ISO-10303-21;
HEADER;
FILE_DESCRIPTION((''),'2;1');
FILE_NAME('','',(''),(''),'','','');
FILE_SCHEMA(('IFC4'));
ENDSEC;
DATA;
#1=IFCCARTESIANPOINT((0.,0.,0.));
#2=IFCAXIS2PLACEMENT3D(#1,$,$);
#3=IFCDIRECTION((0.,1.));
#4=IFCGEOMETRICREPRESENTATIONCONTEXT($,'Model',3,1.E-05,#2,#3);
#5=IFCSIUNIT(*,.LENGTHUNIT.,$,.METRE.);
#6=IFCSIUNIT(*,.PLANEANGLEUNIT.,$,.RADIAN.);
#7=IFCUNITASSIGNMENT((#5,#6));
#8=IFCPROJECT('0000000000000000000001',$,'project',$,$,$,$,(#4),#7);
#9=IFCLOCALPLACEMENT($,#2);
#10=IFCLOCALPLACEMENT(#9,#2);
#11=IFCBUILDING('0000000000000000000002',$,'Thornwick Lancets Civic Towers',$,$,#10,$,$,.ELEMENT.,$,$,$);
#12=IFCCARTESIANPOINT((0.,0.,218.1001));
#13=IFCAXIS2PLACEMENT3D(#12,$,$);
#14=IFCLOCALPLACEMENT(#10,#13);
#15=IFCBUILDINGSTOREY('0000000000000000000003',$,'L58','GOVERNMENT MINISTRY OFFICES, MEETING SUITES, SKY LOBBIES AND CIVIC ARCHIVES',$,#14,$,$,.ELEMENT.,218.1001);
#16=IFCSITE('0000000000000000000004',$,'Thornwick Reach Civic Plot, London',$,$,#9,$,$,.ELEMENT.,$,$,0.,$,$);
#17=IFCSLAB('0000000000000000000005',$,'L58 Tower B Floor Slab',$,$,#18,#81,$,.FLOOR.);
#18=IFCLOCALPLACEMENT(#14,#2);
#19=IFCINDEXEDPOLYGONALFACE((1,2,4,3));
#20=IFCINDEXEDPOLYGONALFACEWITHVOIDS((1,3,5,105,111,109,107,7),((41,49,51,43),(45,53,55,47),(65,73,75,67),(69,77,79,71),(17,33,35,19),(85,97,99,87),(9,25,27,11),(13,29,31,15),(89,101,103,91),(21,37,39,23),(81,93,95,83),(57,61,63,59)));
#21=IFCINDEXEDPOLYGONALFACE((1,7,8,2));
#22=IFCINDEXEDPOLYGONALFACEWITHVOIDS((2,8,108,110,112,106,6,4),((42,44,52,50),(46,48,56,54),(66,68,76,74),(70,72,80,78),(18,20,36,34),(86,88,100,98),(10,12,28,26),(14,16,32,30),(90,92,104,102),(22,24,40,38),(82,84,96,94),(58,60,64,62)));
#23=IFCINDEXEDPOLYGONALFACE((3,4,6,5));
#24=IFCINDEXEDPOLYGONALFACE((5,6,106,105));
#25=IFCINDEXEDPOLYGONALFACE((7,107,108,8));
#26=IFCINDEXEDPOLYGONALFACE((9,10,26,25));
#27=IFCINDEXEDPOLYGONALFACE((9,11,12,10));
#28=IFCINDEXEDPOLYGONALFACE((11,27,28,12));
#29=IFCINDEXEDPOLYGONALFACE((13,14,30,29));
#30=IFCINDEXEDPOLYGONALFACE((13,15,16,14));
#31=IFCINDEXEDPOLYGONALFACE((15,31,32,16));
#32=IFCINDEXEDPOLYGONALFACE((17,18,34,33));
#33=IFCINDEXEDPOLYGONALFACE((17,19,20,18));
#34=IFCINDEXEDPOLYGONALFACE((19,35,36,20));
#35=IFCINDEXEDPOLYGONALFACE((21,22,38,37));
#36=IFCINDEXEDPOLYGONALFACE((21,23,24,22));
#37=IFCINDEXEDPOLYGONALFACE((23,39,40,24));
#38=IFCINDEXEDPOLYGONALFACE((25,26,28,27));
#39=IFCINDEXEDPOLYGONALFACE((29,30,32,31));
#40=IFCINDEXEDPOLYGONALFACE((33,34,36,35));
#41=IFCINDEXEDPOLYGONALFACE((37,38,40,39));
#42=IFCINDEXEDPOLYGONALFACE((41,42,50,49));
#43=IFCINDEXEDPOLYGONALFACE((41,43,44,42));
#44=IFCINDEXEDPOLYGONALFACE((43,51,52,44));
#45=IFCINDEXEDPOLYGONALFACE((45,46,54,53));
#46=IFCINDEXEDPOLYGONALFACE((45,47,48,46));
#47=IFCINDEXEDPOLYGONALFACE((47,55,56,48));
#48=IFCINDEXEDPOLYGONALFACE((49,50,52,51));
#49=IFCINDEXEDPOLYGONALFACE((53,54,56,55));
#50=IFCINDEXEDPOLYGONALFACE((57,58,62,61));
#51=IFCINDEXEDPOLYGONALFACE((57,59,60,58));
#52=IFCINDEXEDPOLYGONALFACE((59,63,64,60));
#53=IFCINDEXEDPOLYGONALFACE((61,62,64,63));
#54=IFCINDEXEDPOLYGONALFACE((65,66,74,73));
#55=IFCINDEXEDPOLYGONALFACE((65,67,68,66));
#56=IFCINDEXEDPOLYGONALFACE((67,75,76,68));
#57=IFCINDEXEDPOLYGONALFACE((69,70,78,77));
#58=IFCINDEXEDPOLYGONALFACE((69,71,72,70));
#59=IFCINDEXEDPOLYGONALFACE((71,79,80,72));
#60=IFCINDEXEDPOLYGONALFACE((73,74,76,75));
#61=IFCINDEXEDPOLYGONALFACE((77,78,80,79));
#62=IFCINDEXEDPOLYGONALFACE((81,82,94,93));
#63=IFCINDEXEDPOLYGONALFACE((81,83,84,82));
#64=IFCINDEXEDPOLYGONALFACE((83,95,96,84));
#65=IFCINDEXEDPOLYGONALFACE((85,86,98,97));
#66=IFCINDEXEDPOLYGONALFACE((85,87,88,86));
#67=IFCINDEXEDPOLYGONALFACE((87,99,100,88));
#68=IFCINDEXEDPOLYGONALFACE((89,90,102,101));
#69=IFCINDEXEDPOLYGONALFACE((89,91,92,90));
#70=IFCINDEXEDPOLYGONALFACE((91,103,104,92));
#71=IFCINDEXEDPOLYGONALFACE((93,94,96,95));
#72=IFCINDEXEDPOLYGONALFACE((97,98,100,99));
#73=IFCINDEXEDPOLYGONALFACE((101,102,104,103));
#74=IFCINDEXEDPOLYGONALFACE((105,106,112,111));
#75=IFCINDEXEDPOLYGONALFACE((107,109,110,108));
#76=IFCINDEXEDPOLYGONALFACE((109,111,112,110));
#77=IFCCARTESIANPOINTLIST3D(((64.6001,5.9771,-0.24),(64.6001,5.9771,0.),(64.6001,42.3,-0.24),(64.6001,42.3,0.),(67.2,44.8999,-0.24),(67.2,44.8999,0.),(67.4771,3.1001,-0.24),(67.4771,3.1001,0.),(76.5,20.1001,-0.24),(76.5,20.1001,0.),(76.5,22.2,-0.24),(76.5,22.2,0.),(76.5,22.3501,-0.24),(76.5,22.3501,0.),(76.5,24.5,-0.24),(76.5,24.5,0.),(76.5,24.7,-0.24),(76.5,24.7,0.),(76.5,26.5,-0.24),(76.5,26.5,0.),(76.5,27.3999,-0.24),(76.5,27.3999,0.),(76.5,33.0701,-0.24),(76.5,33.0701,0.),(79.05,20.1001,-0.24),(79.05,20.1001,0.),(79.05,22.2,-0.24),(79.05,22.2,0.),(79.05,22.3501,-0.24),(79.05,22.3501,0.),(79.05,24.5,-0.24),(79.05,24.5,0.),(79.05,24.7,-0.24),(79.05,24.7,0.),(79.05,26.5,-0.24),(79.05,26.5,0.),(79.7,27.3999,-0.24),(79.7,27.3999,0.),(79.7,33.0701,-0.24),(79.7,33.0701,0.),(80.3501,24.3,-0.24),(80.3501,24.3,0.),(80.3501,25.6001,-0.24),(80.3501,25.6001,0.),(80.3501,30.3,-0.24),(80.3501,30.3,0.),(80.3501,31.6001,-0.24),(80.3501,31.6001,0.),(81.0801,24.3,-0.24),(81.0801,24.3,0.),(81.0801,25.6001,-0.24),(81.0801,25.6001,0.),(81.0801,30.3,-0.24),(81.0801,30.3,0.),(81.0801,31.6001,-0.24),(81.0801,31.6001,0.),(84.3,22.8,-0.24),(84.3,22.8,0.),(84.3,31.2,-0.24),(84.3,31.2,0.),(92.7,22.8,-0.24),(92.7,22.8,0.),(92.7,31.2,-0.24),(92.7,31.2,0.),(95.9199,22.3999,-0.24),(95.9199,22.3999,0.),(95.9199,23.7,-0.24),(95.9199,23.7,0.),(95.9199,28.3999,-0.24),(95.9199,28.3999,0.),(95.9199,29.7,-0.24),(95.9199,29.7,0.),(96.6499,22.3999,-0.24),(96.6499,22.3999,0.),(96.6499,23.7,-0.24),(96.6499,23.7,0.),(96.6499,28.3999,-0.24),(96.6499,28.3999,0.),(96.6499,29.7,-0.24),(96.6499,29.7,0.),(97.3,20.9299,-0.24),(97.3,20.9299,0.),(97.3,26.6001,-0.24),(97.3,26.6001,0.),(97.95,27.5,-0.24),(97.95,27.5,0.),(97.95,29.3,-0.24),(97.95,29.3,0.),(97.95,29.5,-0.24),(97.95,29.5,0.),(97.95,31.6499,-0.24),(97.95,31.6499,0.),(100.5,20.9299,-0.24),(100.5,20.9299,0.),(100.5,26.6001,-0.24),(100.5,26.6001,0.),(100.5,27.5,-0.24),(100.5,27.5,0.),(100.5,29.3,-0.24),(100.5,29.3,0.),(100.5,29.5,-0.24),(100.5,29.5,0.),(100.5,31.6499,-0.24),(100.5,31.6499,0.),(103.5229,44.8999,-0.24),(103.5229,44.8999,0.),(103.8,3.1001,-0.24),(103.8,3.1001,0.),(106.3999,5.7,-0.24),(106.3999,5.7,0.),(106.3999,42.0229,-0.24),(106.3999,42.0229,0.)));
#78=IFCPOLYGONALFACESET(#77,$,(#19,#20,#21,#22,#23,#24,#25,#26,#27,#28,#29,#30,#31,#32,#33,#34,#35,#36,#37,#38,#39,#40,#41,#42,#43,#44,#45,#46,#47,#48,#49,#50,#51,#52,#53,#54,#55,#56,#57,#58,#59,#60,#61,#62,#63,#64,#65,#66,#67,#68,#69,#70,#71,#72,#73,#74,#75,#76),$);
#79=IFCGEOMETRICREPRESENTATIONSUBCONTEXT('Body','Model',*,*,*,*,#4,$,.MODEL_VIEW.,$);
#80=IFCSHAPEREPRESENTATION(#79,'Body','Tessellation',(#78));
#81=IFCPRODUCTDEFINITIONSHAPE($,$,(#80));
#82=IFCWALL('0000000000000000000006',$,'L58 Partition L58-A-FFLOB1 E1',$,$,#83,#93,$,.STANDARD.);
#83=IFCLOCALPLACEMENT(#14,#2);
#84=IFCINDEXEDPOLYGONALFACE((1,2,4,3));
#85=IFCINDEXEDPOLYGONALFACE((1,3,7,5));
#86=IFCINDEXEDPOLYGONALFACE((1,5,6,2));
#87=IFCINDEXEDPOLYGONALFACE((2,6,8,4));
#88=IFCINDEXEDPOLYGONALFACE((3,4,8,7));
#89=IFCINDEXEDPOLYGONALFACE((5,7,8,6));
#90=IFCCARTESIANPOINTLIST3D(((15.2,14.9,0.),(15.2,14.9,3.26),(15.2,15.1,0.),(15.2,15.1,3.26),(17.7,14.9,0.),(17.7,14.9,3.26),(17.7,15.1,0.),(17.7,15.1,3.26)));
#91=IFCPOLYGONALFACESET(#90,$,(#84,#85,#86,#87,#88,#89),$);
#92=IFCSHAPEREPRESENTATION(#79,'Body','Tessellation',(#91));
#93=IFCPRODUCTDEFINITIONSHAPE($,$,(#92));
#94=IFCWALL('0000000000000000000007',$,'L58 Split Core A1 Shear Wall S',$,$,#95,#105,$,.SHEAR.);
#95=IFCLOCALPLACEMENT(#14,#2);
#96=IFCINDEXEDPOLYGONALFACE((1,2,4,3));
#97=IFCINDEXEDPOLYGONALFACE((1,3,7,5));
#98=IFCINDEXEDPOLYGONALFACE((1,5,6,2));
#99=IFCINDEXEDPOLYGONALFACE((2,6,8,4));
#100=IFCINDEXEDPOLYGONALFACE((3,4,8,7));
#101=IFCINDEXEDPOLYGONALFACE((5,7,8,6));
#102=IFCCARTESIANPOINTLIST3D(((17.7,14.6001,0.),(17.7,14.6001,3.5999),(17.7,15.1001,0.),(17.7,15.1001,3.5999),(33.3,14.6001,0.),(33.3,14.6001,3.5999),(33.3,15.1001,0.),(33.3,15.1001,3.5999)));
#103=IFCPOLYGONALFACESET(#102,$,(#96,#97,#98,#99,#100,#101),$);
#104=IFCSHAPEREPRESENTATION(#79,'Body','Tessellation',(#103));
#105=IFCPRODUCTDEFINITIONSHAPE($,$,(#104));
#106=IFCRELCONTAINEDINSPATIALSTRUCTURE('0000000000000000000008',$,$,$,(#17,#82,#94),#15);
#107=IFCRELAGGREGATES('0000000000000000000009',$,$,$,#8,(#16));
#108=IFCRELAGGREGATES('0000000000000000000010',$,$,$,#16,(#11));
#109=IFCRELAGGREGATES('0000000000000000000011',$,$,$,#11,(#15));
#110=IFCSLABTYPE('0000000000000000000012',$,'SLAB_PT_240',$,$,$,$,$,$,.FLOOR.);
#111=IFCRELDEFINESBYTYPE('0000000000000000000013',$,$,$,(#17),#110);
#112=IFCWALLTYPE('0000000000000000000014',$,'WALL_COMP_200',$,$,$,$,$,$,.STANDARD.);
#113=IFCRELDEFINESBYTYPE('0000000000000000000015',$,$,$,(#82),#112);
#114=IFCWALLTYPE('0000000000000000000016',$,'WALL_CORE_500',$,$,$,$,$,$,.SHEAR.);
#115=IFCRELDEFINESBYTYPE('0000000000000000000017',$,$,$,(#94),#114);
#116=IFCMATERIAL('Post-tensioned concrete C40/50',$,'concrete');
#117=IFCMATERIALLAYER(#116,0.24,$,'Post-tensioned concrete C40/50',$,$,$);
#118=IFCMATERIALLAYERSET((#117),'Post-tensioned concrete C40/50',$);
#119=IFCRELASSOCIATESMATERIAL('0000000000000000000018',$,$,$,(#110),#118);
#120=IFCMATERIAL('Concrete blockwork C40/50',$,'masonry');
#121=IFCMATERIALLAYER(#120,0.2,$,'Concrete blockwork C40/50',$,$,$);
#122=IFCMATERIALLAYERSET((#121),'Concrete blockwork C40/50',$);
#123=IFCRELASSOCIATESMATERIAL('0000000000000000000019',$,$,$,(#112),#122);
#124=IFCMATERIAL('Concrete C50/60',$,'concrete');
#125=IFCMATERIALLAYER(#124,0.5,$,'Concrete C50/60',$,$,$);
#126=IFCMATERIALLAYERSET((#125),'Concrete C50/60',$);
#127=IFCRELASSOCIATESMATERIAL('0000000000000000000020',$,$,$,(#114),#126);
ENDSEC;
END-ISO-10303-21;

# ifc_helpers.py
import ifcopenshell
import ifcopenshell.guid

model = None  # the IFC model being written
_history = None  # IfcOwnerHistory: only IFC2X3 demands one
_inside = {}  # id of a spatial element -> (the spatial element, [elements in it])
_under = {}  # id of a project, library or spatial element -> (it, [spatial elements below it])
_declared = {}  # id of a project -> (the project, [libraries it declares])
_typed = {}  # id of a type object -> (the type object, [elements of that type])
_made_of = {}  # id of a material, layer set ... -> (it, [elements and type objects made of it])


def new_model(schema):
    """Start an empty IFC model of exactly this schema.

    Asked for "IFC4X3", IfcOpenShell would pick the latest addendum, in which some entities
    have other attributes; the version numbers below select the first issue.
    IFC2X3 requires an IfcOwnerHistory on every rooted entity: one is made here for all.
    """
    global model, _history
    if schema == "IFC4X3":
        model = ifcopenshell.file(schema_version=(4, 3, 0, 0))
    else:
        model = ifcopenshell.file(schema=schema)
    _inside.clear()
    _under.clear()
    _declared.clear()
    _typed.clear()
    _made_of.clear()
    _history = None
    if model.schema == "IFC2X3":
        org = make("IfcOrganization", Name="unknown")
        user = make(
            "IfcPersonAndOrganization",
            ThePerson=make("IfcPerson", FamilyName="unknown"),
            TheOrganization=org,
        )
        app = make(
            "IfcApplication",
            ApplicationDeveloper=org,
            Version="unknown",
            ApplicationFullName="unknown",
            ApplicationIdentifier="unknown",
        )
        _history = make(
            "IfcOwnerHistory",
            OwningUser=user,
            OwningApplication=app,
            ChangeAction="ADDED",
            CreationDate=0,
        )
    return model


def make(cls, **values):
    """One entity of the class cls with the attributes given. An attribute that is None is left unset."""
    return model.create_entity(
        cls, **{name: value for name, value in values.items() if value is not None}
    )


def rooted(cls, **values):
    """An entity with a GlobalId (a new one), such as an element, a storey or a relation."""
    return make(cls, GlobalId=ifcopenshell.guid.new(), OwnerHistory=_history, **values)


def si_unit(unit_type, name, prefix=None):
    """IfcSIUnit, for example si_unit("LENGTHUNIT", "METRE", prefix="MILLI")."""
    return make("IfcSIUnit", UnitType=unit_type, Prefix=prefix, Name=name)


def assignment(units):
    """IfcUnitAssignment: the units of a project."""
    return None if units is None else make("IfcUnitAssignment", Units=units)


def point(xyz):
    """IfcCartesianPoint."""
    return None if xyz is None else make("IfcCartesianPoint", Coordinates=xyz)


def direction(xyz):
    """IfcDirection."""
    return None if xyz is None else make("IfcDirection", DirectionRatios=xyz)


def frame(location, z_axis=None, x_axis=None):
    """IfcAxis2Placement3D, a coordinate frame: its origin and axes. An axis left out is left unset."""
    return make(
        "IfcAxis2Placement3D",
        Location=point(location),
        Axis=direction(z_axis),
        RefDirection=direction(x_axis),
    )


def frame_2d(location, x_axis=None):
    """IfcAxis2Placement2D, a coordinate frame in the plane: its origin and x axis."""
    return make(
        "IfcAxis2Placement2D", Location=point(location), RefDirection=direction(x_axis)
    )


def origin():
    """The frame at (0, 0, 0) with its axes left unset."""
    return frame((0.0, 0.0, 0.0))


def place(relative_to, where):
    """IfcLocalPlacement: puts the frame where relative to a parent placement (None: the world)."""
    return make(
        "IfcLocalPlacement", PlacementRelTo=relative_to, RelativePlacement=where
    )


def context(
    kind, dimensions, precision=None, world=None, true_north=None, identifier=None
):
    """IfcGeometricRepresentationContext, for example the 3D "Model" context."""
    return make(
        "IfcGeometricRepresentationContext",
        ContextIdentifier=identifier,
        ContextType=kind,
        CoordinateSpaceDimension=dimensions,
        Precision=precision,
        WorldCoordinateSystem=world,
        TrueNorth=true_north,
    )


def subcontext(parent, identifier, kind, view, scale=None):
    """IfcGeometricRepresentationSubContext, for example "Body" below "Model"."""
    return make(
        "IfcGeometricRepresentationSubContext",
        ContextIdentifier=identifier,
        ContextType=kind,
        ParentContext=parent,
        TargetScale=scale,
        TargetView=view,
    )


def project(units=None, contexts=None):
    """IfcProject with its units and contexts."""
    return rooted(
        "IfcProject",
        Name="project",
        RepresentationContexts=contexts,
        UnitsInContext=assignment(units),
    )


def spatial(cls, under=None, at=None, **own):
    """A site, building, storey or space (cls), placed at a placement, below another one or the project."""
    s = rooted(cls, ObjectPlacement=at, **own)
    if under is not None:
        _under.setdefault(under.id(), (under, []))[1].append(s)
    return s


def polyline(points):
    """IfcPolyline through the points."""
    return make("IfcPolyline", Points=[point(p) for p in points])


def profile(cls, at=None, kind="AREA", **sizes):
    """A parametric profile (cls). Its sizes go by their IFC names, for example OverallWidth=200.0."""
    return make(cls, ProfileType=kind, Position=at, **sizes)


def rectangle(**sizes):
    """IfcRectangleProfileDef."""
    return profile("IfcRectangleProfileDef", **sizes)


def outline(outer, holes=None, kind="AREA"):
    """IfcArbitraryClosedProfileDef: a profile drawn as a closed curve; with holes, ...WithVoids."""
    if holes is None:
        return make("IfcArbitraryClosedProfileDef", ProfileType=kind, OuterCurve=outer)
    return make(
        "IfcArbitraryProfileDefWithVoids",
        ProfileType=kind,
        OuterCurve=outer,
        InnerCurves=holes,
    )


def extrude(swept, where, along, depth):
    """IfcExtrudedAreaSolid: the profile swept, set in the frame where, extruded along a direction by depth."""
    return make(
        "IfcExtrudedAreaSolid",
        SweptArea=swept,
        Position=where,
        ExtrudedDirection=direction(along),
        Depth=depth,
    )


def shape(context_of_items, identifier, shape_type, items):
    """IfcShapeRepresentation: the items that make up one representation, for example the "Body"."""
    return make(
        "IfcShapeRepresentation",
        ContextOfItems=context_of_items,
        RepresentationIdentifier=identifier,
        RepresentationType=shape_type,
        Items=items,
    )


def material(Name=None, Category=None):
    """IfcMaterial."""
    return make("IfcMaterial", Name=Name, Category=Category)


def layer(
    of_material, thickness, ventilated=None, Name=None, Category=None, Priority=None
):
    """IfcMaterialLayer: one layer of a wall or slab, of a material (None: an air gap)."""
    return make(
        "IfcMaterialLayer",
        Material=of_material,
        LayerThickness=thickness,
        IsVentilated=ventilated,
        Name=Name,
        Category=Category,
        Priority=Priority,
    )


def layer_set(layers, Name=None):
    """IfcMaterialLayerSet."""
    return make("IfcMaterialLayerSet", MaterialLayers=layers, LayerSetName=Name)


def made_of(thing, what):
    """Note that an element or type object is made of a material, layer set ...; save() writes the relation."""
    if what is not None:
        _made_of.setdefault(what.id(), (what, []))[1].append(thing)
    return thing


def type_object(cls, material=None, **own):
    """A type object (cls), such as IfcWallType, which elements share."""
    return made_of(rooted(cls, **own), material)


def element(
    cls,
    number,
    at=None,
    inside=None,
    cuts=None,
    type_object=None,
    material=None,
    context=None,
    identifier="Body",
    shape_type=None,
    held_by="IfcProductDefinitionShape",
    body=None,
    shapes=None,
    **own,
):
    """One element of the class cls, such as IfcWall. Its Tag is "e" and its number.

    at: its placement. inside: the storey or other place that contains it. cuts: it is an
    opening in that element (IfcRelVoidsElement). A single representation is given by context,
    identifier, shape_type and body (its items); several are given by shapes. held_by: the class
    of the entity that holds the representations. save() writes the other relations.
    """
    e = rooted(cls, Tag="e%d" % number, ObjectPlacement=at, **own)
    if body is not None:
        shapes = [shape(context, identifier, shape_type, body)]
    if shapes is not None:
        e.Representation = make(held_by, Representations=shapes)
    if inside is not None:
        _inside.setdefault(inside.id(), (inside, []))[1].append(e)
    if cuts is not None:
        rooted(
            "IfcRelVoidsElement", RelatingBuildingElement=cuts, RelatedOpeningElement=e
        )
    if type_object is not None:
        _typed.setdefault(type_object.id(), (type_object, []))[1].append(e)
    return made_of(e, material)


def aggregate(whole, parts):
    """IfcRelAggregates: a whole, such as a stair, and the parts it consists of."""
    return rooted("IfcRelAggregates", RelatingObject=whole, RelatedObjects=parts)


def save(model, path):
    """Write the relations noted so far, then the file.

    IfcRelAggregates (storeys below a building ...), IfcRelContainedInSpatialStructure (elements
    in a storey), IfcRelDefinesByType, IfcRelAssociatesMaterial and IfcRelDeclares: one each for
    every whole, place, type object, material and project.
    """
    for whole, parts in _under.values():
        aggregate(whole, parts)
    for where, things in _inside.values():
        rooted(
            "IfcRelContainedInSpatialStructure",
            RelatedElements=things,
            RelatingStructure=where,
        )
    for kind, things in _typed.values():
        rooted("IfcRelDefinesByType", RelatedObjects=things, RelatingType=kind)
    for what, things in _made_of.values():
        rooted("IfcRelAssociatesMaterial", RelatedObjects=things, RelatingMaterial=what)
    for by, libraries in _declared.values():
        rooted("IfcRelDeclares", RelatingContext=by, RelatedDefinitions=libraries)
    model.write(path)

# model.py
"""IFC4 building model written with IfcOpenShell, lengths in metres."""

from ifc_helpers import new_model, si_unit, direction, frame, frame_2d, origin, place, context, subcontext, project, spatial, polyline, rectangle, outline, extrude, material, layer, layer_set, type_object, element, save


model = new_model("IFC4")

# Units and contexts
model_context = context("Model", 3, precision=1e-05, world=origin(), true_north=direction((0.0, 1.0)))
body_context = subcontext(model_context, "Body", "Model", "MODEL_VIEW")
ifc_project = project(units=[si_unit("LENGTHUNIT", "METRE"), si_unit("PLANEANGLEUNIT", "RADIAN")], contexts=[model_context])

# Site, building, storey
site_placement = place(None, origin())
site = spatial("IfcSite", under=ifc_project, at=site_placement, Name="Thornwick Reach Civic Plot, London", CompositionType="ELEMENT", RefElevation=0.0)
building_placement = place(site_placement, origin())
building = spatial("IfcBuilding", under=site, at=building_placement, Name="Thornwick Lancets Civic Towers", CompositionType="ELEMENT")
storey_placement = place(building_placement, frame((0.0, 0.0, 218.1001)))
storey = spatial("IfcBuildingStorey", under=building, at=storey_placement, Name="L58", Description="GOVERNMENT MINISTRY OFFICES, MEETING SUITES, SKY LOBBIES AND CIVIC ARCHIVES", CompositionType="ELEMENT", Elevation=218.1001)

# Shared definitions
ifc_material_1 = material(Name="Concrete C50/60", Category="concrete")

# Shared definitions
ifc_material_2 = material(Name="Post-tensioned concrete C40/50", Category="concrete")

# Slab
ifc_layer_1 = layer(ifc_material_2, 0.24, Name="Post-tensioned concrete C40/50")
ifc_layer_set_1 = layer_set([ifc_layer_1], Name="Post-tensioned concrete C40/50")
slab_type_1 = type_object("IfcSlabType", Name="SLAB_PT_240", PredefinedType="FLOOR", material=ifc_layer_set_1)
slab_1_placement = place(storey_placement, frame((0.0, 0.0, -0.24)))
element("IfcSlab", 1, at=slab_1_placement, inside=storey, type_object=slab_type_1, Name="L58 Tower B Floor Slab", PredefinedType="FLOOR", context=body_context, shape_type="SweptSolid", body=[
    extrude(outline(polyline([(67.4771, 3.1001), (103.8, 3.1001), (106.3999, 5.7), (106.3999, 42.0229), (103.5229, 44.8999), (67.2, 44.8999), (64.6001, 42.3), (64.6001, 5.9771), (67.4771, 3.1001)]), holes=[polyline([(84.3, 22.8), (92.7, 22.8), (92.7, 31.2), (84.3, 31.2), (84.3, 22.8)]), polyline([(100.5, 20.9299), (100.5, 26.6001), (97.3, 26.6001), (97.3, 20.9299), (100.5, 20.9299)]), polyline([(76.5, 33.0701), (76.5, 27.3999), (79.7, 27.3999), (79.7, 33.0701), (76.5, 33.0701)]), polyline([(97.95, 27.5), (100.5, 27.5), (100.5, 29.3), (97.95, 29.3), (97.95, 27.5)]), polyline([(97.95, 29.5), (100.5, 29.5), (100.5, 31.6499), (97.95, 31.6499), (97.95, 29.5)]), polyline([(76.5, 24.7), (79.05, 24.7), (79.05, 26.5), (76.5, 26.5), (76.5, 24.7)]), polyline([(76.5, 22.3501), (79.05, 22.3501), (79.05, 24.5), (76.5, 24.5), (76.5, 22.3501)]), polyline([(76.5, 20.1001), (79.05, 20.1001), (79.05, 22.2), (76.5, 22.2), (76.5, 20.1001)]), polyline([(95.9199, 28.3999), (96.6499, 28.3999), (96.6499, 29.7), (95.9199, 29.7), (95.9199, 28.3999)]), polyline([(95.9199, 22.3999), (96.6499, 22.3999), (96.6499, 23.7), (95.9199, 23.7), (95.9199, 22.3999)]), polyline([(80.3501, 24.3), (81.0801, 24.3), (81.0801, 25.6001), (80.3501, 25.6001), (80.3501, 24.3)]), polyline([(80.3501, 30.3), (81.0801, 30.3), (81.0801, 31.6001), (80.3501, 31.6001), (80.3501, 30.3)])]), origin(), (0.0, 0.0, 1.0), 0.24),
])

# Walls
ifc_material_3 = material(Name="Concrete blockwork C40/50", Category="masonry")
ifc_layer_2 = layer(ifc_material_3, 0.2, Name="Concrete blockwork C40/50")
ifc_layer_set_2 = layer_set([ifc_layer_2], Name="Concrete blockwork C40/50")
wall_type_1 = type_object("IfcWallType", Name="WALL_COMP_200", PredefinedType="STANDARD", material=ifc_layer_set_2)
wall_1_placement = place(storey_placement, frame((15.2, 15.0, 0.0), z_axis=(0.0, 0.0, 1.0), x_axis=(1.0, 0.0, 0.0)))
element("IfcWall", 2, at=wall_1_placement, inside=storey, type_object=wall_type_1, Name="L58 Partition L58-A-FFLOB1 E1", PredefinedType="STANDARD", context=body_context, shape_type="SweptSolid", body=[
    extrude(rectangle(XDim=2.5, YDim=0.2, at=frame_2d((1.25, 0.0))), origin(), (0.0, 0.0, 1.0), 3.26),
])
ifc_layer_3 = layer(ifc_material_1, 0.5, Name="Concrete C50/60")
ifc_layer_set_3 = layer_set([ifc_layer_3], Name="Concrete C50/60")
wall_type_2 = type_object("IfcWallType", Name="WALL_CORE_500", PredefinedType="SHEAR", material=ifc_layer_set_3)
wall_2_placement = place(storey_placement, frame((17.7, 14.8501, 0.0), z_axis=(0.0, 0.0, 1.0), x_axis=(1.0, 0.0, 0.0)))
element("IfcWall", 3, at=wall_2_placement, inside=storey, type_object=wall_type_2, Name="L58 Split Core A1 Shear Wall S", PredefinedType="SHEAR", context=body_context, shape_type="SweptSolid", body=[
    extrude(rectangle(XDim=15.6001, YDim=0.5, at=frame_2d((7.8, 0.0))), origin(), (0.0, 0.0, 1.0), 3.5999),
])

save(model, "model.ifc")
